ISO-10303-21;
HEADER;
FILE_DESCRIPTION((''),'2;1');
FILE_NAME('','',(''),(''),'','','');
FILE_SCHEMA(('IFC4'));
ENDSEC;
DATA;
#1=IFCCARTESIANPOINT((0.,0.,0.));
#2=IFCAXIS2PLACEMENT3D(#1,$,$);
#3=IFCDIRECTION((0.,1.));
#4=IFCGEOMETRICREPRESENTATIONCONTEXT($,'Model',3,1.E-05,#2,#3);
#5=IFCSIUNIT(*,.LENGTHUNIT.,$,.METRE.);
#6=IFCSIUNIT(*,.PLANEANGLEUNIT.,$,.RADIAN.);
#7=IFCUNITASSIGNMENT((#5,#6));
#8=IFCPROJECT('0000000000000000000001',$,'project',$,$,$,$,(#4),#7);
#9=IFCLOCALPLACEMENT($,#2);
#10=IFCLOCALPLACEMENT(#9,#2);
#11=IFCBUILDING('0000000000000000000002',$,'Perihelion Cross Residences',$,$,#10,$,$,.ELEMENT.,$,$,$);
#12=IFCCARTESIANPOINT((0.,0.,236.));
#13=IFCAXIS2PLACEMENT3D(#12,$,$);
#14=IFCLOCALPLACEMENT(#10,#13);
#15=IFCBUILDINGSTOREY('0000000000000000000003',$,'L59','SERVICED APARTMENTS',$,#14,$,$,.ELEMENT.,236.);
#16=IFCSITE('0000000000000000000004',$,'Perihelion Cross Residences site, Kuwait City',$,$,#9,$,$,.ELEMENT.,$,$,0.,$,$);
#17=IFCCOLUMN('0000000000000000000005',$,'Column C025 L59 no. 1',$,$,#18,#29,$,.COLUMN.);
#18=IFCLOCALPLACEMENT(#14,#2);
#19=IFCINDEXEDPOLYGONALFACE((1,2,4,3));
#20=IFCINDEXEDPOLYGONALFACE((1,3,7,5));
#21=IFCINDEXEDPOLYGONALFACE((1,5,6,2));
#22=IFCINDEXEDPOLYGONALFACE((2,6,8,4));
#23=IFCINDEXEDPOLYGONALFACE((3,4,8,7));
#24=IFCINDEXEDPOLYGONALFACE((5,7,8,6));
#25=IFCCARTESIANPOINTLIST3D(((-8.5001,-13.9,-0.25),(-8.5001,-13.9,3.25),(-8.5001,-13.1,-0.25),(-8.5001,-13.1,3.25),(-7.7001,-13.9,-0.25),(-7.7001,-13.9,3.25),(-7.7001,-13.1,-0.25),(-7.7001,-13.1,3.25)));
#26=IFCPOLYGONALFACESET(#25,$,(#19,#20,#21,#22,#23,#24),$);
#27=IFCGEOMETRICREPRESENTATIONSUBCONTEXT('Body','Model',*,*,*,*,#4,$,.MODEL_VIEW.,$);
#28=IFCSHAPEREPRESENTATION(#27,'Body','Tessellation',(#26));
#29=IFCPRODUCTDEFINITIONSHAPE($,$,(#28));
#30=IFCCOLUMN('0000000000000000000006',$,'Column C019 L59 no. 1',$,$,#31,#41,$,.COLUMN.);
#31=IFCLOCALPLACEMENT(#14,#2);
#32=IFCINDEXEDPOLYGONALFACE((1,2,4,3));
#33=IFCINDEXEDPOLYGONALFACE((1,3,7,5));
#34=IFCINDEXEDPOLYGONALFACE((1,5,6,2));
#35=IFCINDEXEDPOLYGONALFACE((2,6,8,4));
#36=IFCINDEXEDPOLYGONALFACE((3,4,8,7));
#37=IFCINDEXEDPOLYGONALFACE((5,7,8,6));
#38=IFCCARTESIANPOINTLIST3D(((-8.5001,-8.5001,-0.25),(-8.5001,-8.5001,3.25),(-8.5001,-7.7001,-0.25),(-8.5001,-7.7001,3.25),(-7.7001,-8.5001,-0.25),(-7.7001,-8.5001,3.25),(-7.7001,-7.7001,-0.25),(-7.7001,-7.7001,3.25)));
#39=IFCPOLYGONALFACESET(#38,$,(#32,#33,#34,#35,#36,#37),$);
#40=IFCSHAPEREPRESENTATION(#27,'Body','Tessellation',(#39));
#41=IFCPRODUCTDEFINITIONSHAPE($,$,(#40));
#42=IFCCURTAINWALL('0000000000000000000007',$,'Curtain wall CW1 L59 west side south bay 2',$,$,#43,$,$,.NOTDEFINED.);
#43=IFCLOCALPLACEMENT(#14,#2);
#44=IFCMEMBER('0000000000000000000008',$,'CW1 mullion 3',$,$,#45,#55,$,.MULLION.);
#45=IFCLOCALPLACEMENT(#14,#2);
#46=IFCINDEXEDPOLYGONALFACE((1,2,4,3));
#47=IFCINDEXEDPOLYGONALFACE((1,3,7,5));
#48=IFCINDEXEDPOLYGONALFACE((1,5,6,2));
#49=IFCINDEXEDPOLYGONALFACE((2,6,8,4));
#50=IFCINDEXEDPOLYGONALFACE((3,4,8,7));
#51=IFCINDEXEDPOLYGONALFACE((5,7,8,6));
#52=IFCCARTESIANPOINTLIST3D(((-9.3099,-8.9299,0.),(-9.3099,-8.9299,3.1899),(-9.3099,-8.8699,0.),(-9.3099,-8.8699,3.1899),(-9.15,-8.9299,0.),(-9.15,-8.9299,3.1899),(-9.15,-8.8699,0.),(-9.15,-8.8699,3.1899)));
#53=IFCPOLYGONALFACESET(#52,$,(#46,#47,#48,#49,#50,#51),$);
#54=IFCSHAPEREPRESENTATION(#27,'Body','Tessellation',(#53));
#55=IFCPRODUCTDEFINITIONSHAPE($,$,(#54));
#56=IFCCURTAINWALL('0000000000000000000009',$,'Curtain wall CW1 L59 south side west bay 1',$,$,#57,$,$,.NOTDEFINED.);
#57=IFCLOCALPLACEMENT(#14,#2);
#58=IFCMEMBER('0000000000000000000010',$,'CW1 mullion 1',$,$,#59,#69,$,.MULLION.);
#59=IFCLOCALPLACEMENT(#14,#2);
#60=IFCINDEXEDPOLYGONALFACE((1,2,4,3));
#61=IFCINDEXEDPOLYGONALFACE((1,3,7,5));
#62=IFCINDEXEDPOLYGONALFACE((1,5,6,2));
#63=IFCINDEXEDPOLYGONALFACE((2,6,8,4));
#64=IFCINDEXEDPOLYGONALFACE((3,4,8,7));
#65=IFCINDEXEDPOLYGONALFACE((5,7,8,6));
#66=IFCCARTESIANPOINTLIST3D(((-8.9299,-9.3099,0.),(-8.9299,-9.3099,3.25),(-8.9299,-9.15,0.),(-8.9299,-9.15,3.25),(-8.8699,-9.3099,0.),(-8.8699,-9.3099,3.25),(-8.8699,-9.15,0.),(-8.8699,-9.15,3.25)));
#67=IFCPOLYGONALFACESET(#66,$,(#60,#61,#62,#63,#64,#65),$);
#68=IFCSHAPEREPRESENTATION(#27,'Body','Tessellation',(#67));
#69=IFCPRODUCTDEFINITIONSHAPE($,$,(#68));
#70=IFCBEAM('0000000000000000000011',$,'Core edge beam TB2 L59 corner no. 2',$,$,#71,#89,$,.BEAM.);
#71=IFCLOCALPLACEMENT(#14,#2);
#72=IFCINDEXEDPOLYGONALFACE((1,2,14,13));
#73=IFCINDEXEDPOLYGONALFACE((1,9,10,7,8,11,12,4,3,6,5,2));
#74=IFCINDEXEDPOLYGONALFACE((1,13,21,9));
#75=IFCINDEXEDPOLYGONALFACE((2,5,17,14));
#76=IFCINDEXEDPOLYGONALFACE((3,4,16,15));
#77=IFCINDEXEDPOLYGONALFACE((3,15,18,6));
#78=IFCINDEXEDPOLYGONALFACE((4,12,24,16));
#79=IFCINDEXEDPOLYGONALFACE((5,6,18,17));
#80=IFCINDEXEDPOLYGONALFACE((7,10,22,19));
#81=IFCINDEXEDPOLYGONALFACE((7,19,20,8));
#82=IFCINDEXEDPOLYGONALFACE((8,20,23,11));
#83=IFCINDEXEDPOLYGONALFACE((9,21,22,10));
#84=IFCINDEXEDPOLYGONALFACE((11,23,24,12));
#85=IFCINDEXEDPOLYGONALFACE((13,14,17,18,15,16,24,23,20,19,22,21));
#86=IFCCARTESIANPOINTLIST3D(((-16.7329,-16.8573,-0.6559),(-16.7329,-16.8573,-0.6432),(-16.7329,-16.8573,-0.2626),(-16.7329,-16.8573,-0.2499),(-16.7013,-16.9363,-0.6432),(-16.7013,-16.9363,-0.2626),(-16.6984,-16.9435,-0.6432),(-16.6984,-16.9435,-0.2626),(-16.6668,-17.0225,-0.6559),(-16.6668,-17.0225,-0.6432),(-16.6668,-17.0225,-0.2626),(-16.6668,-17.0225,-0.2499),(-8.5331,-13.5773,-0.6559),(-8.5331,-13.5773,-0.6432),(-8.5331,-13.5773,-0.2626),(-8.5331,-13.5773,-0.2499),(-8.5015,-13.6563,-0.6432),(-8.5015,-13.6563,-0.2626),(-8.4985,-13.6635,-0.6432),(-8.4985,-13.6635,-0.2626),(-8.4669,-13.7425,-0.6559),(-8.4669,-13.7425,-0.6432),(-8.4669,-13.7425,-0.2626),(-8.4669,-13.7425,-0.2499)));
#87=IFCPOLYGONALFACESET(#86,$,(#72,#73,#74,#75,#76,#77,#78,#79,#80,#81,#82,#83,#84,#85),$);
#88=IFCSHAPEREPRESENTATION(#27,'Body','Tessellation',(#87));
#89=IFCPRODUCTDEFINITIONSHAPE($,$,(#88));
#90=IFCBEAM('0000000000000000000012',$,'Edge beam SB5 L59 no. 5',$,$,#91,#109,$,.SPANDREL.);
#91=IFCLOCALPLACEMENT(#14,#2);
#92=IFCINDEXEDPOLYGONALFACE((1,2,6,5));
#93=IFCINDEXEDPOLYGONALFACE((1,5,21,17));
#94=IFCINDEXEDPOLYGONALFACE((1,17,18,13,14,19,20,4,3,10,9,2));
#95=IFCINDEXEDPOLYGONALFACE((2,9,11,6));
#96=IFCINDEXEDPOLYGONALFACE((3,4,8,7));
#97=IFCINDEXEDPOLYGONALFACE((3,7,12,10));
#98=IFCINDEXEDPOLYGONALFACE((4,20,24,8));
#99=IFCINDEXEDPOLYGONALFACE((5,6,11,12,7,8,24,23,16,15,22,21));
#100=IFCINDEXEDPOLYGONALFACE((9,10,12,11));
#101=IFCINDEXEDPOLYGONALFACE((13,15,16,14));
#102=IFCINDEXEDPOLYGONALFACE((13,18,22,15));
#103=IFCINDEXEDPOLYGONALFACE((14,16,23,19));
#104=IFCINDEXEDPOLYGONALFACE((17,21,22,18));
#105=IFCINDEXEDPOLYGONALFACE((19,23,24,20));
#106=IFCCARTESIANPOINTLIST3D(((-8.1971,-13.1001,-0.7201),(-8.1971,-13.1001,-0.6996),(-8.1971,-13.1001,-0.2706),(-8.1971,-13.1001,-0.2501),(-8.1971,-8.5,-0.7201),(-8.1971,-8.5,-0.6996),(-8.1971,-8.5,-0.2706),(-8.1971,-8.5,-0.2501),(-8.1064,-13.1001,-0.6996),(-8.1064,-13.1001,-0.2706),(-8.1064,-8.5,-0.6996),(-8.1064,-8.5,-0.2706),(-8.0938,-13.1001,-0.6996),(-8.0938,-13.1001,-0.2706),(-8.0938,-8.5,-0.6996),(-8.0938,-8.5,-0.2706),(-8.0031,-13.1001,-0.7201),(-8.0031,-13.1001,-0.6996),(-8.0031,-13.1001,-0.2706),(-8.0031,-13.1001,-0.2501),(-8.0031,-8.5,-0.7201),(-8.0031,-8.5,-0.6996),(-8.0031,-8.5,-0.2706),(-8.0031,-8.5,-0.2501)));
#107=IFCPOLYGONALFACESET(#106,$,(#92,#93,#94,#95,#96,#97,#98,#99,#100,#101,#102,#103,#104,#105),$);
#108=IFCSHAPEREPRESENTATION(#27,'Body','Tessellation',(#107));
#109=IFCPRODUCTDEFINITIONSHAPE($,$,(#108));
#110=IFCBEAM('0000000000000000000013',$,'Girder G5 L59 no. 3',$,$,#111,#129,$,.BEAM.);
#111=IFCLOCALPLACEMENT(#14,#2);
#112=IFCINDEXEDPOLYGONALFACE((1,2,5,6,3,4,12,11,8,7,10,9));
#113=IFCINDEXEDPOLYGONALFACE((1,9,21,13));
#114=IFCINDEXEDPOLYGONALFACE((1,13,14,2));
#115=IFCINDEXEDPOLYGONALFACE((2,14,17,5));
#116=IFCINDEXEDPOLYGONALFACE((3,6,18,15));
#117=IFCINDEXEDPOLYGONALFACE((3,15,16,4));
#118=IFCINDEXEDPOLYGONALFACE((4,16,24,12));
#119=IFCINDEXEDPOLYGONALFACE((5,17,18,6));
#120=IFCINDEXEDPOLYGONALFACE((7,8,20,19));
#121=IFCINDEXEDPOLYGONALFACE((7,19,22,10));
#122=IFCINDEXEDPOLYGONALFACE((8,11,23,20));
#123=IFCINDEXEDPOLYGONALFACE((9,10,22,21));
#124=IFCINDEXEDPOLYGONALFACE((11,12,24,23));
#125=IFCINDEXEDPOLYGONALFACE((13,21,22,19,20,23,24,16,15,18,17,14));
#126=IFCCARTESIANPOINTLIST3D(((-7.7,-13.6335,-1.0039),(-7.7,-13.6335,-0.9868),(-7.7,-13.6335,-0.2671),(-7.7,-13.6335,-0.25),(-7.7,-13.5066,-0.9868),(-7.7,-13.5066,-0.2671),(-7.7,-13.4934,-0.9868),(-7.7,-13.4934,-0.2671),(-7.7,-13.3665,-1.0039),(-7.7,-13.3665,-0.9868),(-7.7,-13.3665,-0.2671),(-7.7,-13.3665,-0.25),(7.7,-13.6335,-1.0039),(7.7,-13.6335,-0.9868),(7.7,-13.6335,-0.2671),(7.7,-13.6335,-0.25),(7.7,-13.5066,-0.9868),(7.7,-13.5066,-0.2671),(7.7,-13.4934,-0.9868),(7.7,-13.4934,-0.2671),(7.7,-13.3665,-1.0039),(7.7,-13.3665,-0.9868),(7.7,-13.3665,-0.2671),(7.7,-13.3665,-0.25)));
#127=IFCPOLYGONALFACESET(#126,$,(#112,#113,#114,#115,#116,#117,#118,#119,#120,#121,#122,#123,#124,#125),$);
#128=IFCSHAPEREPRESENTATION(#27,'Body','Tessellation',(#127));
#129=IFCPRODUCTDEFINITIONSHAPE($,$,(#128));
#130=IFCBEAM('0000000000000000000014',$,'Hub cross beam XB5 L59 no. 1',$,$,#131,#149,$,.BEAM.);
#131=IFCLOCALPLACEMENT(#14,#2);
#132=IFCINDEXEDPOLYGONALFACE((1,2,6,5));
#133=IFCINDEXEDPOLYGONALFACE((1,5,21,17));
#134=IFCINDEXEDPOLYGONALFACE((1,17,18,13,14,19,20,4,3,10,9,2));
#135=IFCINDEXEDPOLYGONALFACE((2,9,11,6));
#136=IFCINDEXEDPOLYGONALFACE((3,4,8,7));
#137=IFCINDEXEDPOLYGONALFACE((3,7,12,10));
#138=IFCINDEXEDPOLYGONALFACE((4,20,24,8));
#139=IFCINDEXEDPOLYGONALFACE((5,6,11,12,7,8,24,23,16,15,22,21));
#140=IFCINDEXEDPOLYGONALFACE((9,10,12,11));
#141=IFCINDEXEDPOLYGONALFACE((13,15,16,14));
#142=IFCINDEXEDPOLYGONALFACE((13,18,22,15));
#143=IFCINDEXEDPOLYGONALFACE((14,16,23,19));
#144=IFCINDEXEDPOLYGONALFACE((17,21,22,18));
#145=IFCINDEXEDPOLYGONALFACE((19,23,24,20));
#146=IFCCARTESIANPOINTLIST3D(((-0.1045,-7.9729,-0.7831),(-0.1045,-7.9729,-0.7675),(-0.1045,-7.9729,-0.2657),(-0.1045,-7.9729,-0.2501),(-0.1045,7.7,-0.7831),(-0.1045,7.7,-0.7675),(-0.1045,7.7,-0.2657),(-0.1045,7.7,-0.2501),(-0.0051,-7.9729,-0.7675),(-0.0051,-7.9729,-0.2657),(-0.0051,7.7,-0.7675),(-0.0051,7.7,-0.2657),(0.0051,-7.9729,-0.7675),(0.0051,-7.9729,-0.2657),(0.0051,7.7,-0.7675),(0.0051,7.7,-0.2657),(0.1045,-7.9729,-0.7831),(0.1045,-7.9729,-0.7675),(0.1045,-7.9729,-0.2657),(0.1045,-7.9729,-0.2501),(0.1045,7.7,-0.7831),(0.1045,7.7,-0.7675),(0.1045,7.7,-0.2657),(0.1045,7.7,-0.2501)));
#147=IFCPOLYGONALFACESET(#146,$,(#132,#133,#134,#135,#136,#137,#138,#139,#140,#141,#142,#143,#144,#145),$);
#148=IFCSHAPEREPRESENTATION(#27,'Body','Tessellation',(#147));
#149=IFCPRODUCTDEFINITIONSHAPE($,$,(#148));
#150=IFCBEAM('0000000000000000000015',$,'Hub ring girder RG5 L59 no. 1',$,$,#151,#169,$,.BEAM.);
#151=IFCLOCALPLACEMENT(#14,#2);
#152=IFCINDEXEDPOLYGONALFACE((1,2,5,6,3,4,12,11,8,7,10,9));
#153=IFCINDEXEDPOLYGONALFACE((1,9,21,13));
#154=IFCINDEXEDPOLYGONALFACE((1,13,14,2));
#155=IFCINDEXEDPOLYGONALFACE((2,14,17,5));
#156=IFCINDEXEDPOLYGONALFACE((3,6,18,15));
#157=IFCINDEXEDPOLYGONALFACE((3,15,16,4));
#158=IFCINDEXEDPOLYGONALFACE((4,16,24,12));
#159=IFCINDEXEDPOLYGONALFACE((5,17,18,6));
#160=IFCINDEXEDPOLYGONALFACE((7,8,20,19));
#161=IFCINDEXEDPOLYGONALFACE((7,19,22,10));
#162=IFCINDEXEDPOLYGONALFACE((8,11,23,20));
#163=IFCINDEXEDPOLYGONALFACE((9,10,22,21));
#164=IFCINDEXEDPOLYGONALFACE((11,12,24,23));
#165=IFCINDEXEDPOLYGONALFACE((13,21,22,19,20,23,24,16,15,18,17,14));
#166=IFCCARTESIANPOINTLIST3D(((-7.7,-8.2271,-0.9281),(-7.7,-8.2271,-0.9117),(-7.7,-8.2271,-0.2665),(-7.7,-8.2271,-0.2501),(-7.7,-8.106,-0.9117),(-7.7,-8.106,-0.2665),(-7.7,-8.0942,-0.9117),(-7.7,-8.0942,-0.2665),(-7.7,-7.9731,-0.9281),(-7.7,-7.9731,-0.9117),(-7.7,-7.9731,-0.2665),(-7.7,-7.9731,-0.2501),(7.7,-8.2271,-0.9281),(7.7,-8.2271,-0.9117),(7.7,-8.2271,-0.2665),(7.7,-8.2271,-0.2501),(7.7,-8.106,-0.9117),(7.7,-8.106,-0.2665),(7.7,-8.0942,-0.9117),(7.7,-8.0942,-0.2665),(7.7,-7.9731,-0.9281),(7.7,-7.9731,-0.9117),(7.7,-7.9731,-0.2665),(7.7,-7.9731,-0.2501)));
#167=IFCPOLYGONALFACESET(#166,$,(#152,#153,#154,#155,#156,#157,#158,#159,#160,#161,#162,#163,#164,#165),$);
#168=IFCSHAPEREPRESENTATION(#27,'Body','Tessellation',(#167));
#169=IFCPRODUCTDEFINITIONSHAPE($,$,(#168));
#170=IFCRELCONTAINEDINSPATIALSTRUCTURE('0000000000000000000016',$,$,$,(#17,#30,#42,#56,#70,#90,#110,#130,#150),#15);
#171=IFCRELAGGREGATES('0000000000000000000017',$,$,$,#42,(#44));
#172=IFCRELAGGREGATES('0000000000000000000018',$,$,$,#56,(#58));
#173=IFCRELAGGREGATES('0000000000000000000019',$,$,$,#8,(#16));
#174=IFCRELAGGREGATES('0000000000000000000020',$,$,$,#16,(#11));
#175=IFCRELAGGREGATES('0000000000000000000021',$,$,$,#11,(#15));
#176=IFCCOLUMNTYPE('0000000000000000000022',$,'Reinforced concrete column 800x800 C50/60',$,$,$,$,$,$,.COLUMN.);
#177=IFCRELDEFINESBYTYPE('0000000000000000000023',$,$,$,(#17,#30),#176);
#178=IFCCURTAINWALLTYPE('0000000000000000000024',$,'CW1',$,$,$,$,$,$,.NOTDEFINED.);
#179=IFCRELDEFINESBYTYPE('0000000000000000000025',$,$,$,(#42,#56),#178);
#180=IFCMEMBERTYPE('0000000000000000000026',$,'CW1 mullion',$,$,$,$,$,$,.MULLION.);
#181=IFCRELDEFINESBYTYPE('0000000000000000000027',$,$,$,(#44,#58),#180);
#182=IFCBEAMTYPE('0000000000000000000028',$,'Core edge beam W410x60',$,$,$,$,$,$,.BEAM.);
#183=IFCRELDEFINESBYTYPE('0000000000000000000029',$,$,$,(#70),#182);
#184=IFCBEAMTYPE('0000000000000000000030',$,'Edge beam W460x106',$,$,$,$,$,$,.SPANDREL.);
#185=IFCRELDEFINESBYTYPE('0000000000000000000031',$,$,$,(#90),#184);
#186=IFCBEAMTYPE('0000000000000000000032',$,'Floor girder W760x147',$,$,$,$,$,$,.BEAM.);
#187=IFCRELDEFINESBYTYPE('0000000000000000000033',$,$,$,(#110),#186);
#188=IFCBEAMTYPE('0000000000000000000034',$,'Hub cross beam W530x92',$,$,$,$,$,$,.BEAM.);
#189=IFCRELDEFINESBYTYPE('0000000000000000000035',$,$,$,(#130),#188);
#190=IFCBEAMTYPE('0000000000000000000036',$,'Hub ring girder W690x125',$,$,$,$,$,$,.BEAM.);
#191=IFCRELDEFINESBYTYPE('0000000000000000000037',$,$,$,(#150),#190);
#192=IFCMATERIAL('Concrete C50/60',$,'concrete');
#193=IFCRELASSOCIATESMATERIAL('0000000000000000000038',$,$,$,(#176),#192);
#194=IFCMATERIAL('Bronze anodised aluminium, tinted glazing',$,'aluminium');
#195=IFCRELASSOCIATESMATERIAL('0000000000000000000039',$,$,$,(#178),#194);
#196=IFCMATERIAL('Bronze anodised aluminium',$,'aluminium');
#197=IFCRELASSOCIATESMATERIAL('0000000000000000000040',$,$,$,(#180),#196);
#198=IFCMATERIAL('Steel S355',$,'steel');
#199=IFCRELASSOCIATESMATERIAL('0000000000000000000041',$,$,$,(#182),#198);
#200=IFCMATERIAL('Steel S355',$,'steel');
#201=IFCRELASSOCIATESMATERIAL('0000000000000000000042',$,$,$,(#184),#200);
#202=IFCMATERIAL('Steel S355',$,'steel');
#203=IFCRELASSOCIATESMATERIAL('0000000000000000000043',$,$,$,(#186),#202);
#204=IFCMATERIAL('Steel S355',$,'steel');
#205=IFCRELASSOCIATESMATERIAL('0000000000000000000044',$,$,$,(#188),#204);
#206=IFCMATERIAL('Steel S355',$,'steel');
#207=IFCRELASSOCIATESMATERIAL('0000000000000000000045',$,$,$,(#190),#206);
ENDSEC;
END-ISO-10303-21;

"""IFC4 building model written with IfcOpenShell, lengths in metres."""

from ifc_helpers import new_model, si_unit, direction, frame, origin, origin_2d, place, context, subcontext, project, spatial, rectangle, i_section, extrude, material, material_profile, profile_set, type_object, element, aggregate, save


model = new_model("IFC4")

# Units and contexts
model_context = context("Model", 3, precision=1e-05, world=origin(), true_north=direction((0.0, 1.0)))
body_context = subcontext(model_context, "Body", "Model", "MODEL_VIEW")
ifc_project = project(units=[si_unit("LENGTHUNIT", "METRE"), si_unit("PLANEANGLEUNIT", "RADIAN")], contexts=[model_context])

# Site, building, storey
site_placement = place(None, origin())
site = spatial("IfcSite", under=ifc_project, at=site_placement, Name="Perihelion Cross Residences site, Kuwait City", CompositionType="ELEMENT", RefElevation=0.0)
building_placement = place(site_placement, origin())
building = spatial("IfcBuilding", under=site, at=building_placement, Name="Perihelion Cross Residences", CompositionType="ELEMENT")
storey_placement = place(building_placement, frame((0.0, 0.0, 236.0)))
storey = spatial("IfcBuildingStorey", under=building, at=storey_placement, Name="L59", Description="SERVICED APARTMENTS", CompositionType="ELEMENT", Elevation=236.0)

# Columns
ifc_material_1 = material(Name="Concrete C50/60", Category="concrete")
ifc_material_profile_1 = material_profile(ifc_material_1, rectangle(XDim=0.8, YDim=0.8, at=origin_2d()), Name="RC 800x800")
ifc_profile_set_1 = profile_set([ifc_material_profile_1], Name="Concrete C50/60")
column_type = type_object("IfcColumnType", Name="Reinforced concrete column 800x800 C50/60", PredefinedType="COLUMN", material=ifc_profile_set_1)
for number, where, z_axis, x_axis, name in (
    (1, (-8.1001, -13.5, -0.25), (0.0, 0.0, 1.0), (1.0, 0.0, 0.0), "Column C025 L59 no. 1"),
    (2, (-8.1001, -8.1001, -0.25), (0.0, 0.0, 1.0), (1.0, 0.0, 0.0), "Column C019 L59 no. 1"),
):
    element("IfcColumn", number, at=place(storey_placement, frame(where, z_axis=z_axis, x_axis=x_axis)), inside=storey, type_object=column_type, Name=name, PredefinedType="COLUMN", context=body_context, shape_type="SweptSolid", body=[
        extrude(rectangle(XDim=0.8, YDim=0.8, at=origin_2d()), origin(), (0.0, 0.0, 1.0), 3.5),
    ])

# Curtain walls, members
ifc_material_2 = material(Name="Bronze anodised aluminium, tinted glazing", Category="aluminium")
curtain_wall_type = type_object("IfcCurtainWallType", Name="CW1", PredefinedType="NOTDEFINED", material=ifc_material_2)
curtain_wall_1_placement = place(storey_placement, origin())
curtain_wall_1 = element("IfcCurtainWall", 3, at=curtain_wall_1_placement, inside=storey, type_object=curtain_wall_type, Name="Curtain wall CW1 L59 west side south bay 2", PredefinedType="NOTDEFINED")
ifc_material_3 = material(Name="Bronze anodised aluminium", Category="aluminium")
ifc_material_profile_2 = material_profile(ifc_material_3, rectangle(XDim=0.0601, YDim=0.1599, at=origin_2d()), Name="CW1 mullion")
ifc_profile_set_2 = profile_set([ifc_material_profile_2], Name="Bronze anodised aluminium")
member_type = type_object("IfcMemberType", Name="CW1 mullion", PredefinedType="MULLION", material=ifc_profile_set_2)
member_1_placement = place(storey_placement, frame((-9.23, -8.8999, 0.0), z_axis=(0.0, 0.0, 1.0), x_axis=(0.0, 1.0, 0.0)))
member_1 = element("IfcMember", 4, at=member_1_placement, type_object=member_type, Name="CW1 mullion 3", PredefinedType="MULLION", context=body_context, shape_type="SweptSolid", body=[
    extrude(rectangle(XDim=0.0601, YDim=0.1599, at=origin_2d()), origin(), (0.0, 0.0, 1.0), 3.1899),
])
curtain_wall_2_placement = place(storey_placement, origin())
curtain_wall_2 = element("IfcCurtainWall", 5, at=curtain_wall_2_placement, inside=storey, type_object=curtain_wall_type, Name="Curtain wall CW1 L59 south side west bay 1", PredefinedType="NOTDEFINED")
member_2_placement = place(storey_placement, frame((-8.8999, -9.23, 0.0), z_axis=(0.0, 0.0, 1.0), x_axis=(1.0, 0.0, 0.0)))
member_2 = element("IfcMember", 6, at=member_2_placement, type_object=member_type, Name="CW1 mullion 1", PredefinedType="MULLION", context=body_context, shape_type="SweptSolid", body=[
    extrude(rectangle(XDim=0.0601, YDim=0.1599, at=origin_2d()), origin(), (0.0, 0.0, 1.0), 3.25),
])

# Beams
ifc_material_4 = material(Name="Steel S355", Category="steel")
ifc_material_profile_3 = material_profile(ifc_material_4, i_section(OverallWidth=0.178, OverallDepth=0.406, WebThickness=0.0078, FlangeThickness=0.0127, at=origin_2d()), Name="W410x60")
ifc_profile_set_3 = profile_set([ifc_material_profile_3], Name="Steel S355")
beam_type_1 = type_object("IfcBeamType", Name="Core edge beam W410x60", PredefinedType="BEAM", material=ifc_profile_set_3)
beam_1_placement = place(storey_placement, frame((-8.5, -13.6599, -0.4529), z_axis=(-0.928475, -0.371395, 0.0), x_axis=(0.371395, -0.928475, 0.0)))
element("IfcBeam", 7, at=beam_1_placement, inside=storey, type_object=beam_type_1, Name="Core edge beam TB2 L59 corner no. 2", PredefinedType="BEAM", context=body_context, shape_type="SweptSolid", body=[
    extrude(i_section(OverallWidth=0.178, OverallDepth=0.406, WebThickness=0.0078, FlangeThickness=0.0127, at=origin_2d()), origin(), (0.0, 0.0, 1.0), 8.8315),
])
ifc_material_5 = material(Name="Steel S355", Category="steel")
ifc_material_profile_4 = material_profile(ifc_material_5, i_section(OverallWidth=0.1941, OverallDepth=0.47, WebThickness=0.0127, FlangeThickness=0.0205, at=origin_2d()), Name="W460x106")
ifc_profile_set_4 = profile_set([ifc_material_profile_4], Name="Steel S355")
beam_type_2 = type_object("IfcBeamType", Name="Edge beam W460x106", PredefinedType="SPANDREL", material=ifc_profile_set_4)
beam_2_placement = place(storey_placement, frame((-8.1001, -8.5, -0.4851), z_axis=(0.0, -1.0, 0.0), x_axis=(1.0, 0.0, 0.0)))
element("IfcBeam", 8, at=beam_2_placement, inside=storey, type_object=beam_type_2, Name="Edge beam SB5 L59 no. 5", PredefinedType="SPANDREL", context=body_context, shape_type="SweptSolid", body=[
    extrude(i_section(OverallWidth=0.1941, OverallDepth=0.47, WebThickness=0.0127, FlangeThickness=0.0205, at=origin_2d()), origin(), (0.0, 0.0, 1.0), 4.6001),
])
ifc_material_6 = material(Name="Steel S355", Category="steel")
ifc_material_profile_5 = material_profile(ifc_material_6, i_section(OverallWidth=0.2671, OverallDepth=0.7539, WebThickness=0.0132, FlangeThickness=0.0171, at=origin_2d()), Name="W760x147")
ifc_profile_set_5 = profile_set([ifc_material_profile_5], Name="Steel S355")
beam_type_3 = type_object("IfcBeamType", Name="Floor girder W760x147", PredefinedType="BEAM", material=ifc_profile_set_5)
beam_3_placement = place(storey_placement, frame((-7.7, -13.5, -0.627), z_axis=(1.0, 0.0, 0.0), x_axis=(0.0, 1.0, 0.0)))
element("IfcBeam", 9, at=beam_3_placement, inside=storey, type_object=beam_type_3, Name="Girder G5 L59 no. 3", PredefinedType="BEAM", context=body_context, shape_type="SweptSolid", body=[
    extrude(i_section(OverallWidth=0.2671, OverallDepth=0.7539, WebThickness=0.0132, FlangeThickness=0.0171, at=origin_2d()), origin(), (0.0, 0.0, 1.0), 15.3999),
])
ifc_material_7 = material(Name="Steel S355", Category="steel")
ifc_material_profile_6 = material_profile(ifc_material_7, i_section(OverallWidth=0.209, OverallDepth=0.533, WebThickness=0.0103, FlangeThickness=0.0156, at=origin_2d()), Name="W530x92")
ifc_profile_set_6 = profile_set([ifc_material_profile_6], Name="Steel S355")
beam_type_4 = type_object("IfcBeamType", Name="Hub cross beam W530x92", PredefinedType="BEAM", material=ifc_profile_set_6)
beam_4_placement = place(storey_placement, frame((0.0, -7.9729, -0.5166), z_axis=(0.0, 1.0, 0.0), x_axis=(-1.0, 0.0, 0.0)))
element("IfcBeam", 10, at=beam_4_placement, inside=storey, type_object=beam_type_4, Name="Hub cross beam XB5 L59 no. 1", PredefinedType="BEAM", context=body_context, shape_type="SweptSolid", body=[
    extrude(i_section(OverallWidth=0.209, OverallDepth=0.533, WebThickness=0.0103, FlangeThickness=0.0156, at=origin_2d()), origin(), (0.0, 0.0, 1.0), 15.6729),
])
ifc_material_8 = material(Name="Steel S355", Category="steel")
ifc_material_profile_7 = material_profile(ifc_material_8, i_section(OverallWidth=0.2539, OverallDepth=0.678, WebThickness=0.0117, FlangeThickness=0.0164, at=origin_2d()), Name="W690x125")
ifc_profile_set_7 = profile_set([ifc_material_profile_7], Name="Steel S355")
beam_type_5 = type_object("IfcBeamType", Name="Hub ring girder W690x125", PredefinedType="BEAM", material=ifc_profile_set_7)
beam_5_placement = place(storey_placement, frame((-7.7, -8.1001, -0.5891), z_axis=(1.0, 0.0, 0.0), x_axis=(0.0, 1.0, 0.0)))
element("IfcBeam", 11, at=beam_5_placement, inside=storey, type_object=beam_type_5, Name="Hub ring girder RG5 L59 no. 1", PredefinedType="BEAM", context=body_context, shape_type="SweptSolid", body=[
    extrude(i_section(OverallWidth=0.2539, OverallDepth=0.678, WebThickness=0.0117, FlangeThickness=0.0164, at=origin_2d()), origin(), (0.0, 0.0, 1.0), 15.3999),
])

aggregate(curtain_wall_1, [member_1])
aggregate(curtain_wall_2, [member_2])

save(model, "model.ifc")
